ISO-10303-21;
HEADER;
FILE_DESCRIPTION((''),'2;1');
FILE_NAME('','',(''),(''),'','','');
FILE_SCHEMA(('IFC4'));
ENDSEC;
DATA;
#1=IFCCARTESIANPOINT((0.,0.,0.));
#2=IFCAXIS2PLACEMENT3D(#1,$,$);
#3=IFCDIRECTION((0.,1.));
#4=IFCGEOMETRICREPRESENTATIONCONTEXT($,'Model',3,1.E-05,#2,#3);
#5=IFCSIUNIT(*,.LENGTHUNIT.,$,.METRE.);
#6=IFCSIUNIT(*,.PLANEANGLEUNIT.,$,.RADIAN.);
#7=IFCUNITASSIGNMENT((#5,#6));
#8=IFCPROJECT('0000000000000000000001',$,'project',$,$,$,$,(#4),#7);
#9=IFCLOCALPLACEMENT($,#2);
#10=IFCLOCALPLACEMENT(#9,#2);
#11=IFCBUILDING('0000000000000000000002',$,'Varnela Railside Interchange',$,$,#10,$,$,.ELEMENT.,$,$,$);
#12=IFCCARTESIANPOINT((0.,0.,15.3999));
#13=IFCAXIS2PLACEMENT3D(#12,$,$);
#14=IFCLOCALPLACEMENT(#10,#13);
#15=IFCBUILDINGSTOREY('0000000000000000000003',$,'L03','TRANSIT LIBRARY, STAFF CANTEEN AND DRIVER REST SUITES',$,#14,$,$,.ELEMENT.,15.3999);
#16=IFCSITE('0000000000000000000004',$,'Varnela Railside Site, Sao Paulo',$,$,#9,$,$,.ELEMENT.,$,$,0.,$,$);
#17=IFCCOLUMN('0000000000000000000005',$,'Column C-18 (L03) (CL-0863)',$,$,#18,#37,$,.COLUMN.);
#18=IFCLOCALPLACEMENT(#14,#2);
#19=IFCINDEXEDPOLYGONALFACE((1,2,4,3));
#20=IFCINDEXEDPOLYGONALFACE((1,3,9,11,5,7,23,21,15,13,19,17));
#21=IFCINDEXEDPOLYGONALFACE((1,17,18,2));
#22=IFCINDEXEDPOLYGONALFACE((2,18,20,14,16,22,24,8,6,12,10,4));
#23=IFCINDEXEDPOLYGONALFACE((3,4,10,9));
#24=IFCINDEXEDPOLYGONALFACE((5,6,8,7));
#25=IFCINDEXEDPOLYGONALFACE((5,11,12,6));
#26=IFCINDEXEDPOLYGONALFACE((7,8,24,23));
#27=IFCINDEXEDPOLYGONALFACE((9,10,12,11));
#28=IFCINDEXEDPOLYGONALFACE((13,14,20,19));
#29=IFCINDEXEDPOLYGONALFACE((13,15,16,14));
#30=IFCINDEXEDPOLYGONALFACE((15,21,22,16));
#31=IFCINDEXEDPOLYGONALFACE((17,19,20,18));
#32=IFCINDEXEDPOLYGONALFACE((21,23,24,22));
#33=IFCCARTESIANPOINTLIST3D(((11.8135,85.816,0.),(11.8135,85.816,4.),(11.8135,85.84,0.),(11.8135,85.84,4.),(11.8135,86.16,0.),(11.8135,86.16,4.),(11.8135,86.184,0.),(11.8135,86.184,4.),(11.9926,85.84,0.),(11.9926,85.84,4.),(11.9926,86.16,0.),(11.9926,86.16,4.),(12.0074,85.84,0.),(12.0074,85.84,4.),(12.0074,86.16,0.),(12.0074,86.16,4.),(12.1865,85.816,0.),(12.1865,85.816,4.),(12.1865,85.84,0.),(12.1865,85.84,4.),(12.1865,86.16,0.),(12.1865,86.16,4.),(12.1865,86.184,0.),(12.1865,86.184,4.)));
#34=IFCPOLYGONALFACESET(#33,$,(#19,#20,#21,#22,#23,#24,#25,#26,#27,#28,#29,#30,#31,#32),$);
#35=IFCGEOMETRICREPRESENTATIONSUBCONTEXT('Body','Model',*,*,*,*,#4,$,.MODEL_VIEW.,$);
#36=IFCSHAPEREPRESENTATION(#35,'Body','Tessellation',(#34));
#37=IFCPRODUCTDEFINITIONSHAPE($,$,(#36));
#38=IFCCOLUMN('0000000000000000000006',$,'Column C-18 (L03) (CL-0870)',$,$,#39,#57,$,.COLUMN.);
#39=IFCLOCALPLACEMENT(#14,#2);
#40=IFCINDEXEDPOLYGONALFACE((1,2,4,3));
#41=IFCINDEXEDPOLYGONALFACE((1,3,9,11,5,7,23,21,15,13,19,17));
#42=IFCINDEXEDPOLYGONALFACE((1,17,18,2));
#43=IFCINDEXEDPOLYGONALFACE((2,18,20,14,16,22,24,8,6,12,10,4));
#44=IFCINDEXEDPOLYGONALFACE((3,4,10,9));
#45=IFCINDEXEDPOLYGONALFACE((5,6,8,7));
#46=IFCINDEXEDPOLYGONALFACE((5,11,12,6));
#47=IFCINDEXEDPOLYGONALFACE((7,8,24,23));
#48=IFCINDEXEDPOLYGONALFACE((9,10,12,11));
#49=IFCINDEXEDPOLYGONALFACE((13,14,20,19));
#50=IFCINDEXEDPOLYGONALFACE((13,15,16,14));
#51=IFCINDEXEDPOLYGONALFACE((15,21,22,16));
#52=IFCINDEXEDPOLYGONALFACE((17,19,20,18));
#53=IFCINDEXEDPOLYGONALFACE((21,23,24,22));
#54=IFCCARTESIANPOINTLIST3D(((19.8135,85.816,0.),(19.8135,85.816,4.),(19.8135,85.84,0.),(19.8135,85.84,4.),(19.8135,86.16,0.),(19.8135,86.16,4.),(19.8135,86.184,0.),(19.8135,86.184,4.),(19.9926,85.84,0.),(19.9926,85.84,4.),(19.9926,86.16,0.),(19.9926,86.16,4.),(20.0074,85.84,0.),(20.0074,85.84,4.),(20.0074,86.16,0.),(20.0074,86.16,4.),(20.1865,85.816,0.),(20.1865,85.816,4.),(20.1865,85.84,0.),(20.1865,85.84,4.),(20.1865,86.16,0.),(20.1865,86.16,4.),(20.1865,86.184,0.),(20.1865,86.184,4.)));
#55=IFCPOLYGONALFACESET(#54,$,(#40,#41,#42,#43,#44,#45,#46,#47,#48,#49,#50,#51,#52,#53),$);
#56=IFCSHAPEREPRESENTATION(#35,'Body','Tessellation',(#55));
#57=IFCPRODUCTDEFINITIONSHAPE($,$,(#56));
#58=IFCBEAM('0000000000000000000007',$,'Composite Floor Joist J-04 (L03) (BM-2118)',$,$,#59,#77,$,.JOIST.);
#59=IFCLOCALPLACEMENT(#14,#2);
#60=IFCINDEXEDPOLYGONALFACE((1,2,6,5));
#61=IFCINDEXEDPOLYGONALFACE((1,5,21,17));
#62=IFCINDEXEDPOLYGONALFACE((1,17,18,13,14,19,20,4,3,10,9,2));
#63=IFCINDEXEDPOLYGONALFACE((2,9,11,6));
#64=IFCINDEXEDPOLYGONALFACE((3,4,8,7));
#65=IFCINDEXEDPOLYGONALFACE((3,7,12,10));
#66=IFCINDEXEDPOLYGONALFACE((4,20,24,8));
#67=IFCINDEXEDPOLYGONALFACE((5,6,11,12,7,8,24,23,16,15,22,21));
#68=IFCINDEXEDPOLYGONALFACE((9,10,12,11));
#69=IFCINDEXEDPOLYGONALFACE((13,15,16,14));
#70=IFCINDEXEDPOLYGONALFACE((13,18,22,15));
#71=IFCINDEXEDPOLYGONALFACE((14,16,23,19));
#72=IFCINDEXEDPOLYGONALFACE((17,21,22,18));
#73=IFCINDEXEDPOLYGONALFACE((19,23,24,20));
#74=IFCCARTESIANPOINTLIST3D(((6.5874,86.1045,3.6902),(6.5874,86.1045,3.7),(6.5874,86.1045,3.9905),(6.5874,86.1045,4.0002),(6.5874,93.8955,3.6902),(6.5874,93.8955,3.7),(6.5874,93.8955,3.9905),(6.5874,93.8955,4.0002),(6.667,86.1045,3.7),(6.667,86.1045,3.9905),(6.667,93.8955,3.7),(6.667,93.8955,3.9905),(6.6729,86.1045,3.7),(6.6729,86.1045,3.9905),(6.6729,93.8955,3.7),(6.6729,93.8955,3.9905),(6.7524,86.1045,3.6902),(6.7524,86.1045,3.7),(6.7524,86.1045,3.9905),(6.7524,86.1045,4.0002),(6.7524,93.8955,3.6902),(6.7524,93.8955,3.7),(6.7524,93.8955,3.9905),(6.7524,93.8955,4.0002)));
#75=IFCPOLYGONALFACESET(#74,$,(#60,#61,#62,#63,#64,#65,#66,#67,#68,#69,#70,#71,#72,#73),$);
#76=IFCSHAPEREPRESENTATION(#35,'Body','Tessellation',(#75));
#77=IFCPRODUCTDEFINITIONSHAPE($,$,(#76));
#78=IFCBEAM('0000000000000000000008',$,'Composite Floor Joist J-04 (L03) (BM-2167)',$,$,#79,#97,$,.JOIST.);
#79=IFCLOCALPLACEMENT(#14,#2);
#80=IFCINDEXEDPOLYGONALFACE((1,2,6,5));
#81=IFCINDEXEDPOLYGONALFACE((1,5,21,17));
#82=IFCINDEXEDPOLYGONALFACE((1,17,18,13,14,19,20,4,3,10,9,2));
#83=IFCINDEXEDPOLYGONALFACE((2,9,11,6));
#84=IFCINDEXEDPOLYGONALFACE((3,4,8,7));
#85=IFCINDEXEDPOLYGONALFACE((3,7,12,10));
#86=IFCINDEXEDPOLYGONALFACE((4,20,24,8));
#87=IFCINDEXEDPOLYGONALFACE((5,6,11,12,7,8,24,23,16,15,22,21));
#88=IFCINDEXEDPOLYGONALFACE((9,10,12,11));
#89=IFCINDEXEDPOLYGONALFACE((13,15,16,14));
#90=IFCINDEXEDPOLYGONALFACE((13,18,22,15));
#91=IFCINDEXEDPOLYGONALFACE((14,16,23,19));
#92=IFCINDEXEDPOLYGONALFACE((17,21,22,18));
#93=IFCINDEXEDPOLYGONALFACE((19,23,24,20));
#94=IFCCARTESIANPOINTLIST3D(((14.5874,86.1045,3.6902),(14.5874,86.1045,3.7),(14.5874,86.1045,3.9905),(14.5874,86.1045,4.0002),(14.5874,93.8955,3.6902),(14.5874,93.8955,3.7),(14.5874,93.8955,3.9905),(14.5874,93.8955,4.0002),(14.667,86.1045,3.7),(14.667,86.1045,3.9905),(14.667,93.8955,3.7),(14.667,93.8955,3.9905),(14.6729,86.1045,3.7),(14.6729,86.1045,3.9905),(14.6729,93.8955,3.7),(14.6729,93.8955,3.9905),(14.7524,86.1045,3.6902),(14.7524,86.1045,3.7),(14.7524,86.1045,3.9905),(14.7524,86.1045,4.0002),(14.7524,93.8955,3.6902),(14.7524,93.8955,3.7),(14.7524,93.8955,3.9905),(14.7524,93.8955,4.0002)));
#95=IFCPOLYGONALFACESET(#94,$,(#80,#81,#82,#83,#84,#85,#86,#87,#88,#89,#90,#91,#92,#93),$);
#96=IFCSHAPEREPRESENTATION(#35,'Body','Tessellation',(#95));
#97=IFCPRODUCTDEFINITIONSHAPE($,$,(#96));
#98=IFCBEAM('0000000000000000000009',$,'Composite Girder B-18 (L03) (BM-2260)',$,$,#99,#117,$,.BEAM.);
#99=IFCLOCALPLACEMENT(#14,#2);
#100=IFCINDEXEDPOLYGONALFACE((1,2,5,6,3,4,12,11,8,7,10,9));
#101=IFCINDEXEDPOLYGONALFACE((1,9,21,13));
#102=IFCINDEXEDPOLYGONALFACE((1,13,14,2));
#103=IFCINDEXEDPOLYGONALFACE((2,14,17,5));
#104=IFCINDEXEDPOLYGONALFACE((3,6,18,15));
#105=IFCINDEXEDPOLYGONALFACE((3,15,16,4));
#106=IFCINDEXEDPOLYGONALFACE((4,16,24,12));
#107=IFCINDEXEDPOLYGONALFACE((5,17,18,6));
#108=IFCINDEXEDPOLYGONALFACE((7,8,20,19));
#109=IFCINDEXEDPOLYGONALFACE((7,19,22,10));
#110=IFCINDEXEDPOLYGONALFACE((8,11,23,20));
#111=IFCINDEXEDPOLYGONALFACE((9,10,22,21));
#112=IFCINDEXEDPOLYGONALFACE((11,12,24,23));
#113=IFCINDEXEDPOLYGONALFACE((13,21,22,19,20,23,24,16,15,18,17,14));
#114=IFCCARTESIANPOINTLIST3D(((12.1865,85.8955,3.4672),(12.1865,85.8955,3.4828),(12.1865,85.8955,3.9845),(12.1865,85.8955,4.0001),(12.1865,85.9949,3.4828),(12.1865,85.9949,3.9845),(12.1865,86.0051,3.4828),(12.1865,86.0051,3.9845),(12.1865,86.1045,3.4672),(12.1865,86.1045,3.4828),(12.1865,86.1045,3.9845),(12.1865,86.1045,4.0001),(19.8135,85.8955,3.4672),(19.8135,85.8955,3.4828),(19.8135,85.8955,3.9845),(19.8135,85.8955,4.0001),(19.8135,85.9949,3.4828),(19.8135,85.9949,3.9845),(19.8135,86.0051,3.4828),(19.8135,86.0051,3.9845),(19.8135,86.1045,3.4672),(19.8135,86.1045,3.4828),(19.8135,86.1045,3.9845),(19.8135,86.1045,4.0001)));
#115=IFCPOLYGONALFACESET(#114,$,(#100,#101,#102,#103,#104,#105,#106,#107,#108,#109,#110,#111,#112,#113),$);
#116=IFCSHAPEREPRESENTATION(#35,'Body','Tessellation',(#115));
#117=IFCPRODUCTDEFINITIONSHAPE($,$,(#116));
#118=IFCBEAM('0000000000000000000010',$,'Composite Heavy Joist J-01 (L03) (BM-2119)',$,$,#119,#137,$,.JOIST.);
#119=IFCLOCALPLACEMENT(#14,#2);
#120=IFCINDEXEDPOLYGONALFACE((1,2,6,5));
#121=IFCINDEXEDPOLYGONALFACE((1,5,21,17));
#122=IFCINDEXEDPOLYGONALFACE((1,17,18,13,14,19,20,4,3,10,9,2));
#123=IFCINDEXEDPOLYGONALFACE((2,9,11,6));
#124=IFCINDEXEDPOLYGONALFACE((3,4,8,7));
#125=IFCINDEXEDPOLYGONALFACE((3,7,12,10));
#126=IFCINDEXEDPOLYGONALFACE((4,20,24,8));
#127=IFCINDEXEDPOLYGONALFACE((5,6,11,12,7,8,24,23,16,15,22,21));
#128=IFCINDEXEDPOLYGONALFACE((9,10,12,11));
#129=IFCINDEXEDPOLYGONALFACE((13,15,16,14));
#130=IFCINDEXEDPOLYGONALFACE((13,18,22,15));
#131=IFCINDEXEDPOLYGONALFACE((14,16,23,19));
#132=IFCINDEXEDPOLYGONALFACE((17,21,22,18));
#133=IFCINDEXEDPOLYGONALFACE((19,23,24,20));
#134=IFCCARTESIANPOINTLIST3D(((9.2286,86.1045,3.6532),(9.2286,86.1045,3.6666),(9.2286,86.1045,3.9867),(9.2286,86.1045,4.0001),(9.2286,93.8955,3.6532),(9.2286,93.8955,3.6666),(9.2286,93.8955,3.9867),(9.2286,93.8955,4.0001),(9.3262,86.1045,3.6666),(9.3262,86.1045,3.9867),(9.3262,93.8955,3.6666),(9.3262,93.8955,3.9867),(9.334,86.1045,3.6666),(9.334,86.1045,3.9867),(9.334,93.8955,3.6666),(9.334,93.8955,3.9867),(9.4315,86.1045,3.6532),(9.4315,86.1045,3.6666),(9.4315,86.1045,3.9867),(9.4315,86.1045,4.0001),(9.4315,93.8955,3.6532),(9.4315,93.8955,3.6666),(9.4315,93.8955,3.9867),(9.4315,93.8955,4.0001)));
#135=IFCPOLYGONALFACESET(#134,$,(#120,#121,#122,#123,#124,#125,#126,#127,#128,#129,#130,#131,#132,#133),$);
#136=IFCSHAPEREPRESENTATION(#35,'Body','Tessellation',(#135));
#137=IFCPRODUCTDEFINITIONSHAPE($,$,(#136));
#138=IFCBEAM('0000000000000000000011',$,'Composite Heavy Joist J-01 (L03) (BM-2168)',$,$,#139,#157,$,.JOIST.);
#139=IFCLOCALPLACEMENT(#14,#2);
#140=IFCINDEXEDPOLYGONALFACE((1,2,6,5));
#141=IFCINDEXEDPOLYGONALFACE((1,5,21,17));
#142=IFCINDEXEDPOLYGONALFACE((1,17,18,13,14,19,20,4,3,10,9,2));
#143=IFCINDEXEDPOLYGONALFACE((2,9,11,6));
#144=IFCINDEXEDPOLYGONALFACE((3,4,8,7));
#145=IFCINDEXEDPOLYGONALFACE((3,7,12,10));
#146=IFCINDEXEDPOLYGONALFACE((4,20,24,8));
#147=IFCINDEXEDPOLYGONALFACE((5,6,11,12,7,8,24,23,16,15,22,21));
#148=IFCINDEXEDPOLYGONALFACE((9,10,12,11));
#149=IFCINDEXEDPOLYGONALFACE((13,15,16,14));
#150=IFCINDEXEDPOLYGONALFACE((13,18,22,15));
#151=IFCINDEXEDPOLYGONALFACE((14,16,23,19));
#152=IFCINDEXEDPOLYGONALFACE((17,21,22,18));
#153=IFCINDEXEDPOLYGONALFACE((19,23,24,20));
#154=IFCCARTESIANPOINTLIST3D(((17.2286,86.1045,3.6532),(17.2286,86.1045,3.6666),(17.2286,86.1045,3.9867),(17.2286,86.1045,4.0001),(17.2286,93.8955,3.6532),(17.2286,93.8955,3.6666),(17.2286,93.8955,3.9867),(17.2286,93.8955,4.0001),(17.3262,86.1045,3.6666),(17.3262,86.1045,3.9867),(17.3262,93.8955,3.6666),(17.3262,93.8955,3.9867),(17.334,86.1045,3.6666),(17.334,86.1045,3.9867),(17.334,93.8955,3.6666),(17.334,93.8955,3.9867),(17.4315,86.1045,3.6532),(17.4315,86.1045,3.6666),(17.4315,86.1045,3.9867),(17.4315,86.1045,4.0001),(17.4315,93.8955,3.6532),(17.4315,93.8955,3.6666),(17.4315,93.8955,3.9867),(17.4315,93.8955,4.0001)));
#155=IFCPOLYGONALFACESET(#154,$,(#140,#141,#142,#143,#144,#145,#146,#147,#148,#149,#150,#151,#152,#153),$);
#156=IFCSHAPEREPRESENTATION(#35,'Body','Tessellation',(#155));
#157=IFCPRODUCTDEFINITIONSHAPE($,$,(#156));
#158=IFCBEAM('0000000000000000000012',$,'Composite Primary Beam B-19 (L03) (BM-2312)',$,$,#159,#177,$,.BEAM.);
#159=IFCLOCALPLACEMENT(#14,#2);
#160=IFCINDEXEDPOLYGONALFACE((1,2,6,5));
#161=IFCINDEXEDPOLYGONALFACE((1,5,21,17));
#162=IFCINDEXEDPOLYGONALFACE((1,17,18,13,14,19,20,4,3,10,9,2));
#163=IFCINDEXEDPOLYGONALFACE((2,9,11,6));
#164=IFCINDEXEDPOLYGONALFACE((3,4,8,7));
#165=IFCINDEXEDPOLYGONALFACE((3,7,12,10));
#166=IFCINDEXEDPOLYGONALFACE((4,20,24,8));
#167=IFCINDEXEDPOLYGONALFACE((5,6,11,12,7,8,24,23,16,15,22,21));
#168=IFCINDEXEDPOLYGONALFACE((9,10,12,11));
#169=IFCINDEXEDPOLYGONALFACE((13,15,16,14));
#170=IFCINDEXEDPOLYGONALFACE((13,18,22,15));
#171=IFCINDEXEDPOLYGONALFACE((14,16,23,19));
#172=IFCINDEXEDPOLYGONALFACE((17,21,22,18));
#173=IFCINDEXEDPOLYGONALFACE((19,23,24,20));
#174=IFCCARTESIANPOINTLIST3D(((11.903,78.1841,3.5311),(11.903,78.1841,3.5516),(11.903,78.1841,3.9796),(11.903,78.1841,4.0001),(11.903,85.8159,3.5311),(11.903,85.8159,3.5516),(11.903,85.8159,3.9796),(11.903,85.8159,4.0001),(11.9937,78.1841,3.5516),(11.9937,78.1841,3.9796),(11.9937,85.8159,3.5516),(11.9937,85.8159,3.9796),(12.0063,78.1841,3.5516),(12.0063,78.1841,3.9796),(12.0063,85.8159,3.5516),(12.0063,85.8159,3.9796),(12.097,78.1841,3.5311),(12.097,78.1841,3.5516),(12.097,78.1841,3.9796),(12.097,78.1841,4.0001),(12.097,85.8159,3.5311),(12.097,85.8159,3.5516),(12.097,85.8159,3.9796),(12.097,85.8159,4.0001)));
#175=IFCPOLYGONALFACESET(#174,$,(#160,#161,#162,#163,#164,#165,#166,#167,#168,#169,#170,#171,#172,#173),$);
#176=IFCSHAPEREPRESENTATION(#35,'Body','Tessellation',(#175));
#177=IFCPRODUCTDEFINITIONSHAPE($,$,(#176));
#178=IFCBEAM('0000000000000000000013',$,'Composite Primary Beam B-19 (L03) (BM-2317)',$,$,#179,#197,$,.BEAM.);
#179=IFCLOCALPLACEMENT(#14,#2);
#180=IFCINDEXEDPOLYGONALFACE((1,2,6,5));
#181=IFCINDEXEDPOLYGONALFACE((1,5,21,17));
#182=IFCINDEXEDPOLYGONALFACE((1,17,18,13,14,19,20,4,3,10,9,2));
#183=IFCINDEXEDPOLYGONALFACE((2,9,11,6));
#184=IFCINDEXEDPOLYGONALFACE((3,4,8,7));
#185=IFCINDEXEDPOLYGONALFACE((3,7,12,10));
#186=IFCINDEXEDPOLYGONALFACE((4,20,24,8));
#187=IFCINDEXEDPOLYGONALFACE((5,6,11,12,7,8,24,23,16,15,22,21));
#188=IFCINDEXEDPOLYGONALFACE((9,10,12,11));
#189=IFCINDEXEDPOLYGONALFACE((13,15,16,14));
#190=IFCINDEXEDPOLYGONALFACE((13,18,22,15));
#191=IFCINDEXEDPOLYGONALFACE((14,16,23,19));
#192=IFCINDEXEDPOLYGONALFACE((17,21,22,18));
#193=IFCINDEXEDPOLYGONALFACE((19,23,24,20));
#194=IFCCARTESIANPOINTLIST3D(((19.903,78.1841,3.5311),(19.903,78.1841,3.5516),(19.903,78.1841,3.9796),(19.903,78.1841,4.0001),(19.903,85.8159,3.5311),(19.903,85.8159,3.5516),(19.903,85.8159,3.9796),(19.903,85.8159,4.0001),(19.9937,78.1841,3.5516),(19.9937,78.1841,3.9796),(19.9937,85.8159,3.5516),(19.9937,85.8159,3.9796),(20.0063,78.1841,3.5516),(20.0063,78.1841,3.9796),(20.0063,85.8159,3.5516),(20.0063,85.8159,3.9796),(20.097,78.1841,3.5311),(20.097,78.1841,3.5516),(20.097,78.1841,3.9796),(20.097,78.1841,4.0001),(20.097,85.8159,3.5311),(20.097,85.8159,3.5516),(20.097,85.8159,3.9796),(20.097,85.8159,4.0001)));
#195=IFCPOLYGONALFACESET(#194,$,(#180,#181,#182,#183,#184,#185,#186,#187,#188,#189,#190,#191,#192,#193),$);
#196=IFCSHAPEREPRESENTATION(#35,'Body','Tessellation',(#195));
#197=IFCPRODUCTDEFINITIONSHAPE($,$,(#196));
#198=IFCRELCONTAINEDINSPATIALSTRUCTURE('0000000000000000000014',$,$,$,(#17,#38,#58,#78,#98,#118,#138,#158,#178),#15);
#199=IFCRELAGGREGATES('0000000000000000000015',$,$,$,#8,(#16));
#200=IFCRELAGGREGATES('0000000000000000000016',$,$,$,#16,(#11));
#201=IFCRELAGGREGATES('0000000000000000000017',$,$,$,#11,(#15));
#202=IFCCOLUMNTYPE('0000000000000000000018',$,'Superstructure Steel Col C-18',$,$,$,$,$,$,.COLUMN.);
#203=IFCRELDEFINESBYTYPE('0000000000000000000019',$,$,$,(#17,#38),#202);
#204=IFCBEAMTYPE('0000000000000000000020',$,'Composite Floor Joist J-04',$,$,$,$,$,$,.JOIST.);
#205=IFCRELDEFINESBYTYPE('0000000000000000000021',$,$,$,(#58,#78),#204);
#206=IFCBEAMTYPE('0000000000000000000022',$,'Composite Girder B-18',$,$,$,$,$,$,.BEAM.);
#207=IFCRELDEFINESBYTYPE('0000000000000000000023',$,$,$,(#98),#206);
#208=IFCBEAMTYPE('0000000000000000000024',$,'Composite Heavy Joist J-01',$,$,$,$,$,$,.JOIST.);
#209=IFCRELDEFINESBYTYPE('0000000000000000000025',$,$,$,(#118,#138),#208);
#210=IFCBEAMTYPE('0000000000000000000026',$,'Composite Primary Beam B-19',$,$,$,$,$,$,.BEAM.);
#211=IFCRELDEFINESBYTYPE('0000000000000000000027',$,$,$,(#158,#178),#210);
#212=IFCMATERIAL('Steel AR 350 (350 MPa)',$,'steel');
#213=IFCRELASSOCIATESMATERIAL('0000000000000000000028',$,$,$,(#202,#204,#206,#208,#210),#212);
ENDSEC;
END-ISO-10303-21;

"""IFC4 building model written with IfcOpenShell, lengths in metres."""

from ifc_helpers import new_model, si_unit, direction, frame, origin, origin_2d, place, context, subcontext, project, spatial, i_section, extrude, material, material_profile, profile_set, type_object, element, save


model = new_model("IFC4")

# Units and contexts
model_context = context("Model", 3, precision=1e-05, world=origin(), true_north=direction((0.0, 1.0)))
body_context = subcontext(model_context, "Body", "Model", "MODEL_VIEW")
ifc_project = project(units=[si_unit("LENGTHUNIT", "METRE"), si_unit("PLANEANGLEUNIT", "RADIAN")], contexts=[model_context])

# Site, building, storey
site_placement = place(None, origin())
site = spatial("IfcSite", under=ifc_project, at=site_placement, Name="Varnela Railside Site, Sao Paulo", CompositionType="ELEMENT", RefElevation=0.0)
building_placement = place(site_placement, origin())
building = spatial("IfcBuilding", under=site, at=building_placement, Name="Varnela Railside Interchange", CompositionType="ELEMENT")
storey_placement = place(building_placement, frame((0.0, 0.0, 15.3999)))
storey = spatial("IfcBuildingStorey", under=building, at=storey_placement, Name="L03", Description="TRANSIT LIBRARY, STAFF CANTEEN AND DRIVER REST SUITES", CompositionType="ELEMENT", Elevation=15.3999)

# Columns
ifc_material_1 = material(Name="Steel AR 350 (350 MPa)", Category="steel")
ifc_material_profile_1 = material_profile(ifc_material_1, i_section(OverallWidth=0.373, OverallDepth=0.3679, WebThickness=0.0149, FlangeThickness=0.0239, at=origin_2d()), Name="W360x179")
ifc_profile_set_1 = profile_set([ifc_material_profile_1], Name="Steel AR 350 (350 MPa)")
column_type = type_object("IfcColumnType", Name="Superstructure Steel Col C-18", PredefinedType="COLUMN", material=ifc_profile_set_1)
for number, where, z_axis, x_axis, name in (
    (1, (12.0, 86.0, 0.0), (0.0, 0.0, 1.0), (1.0, 0.0, 0.0), "Column C-18 (L03) (CL-0863)"),
    (2, (20.0, 86.0, 0.0), (0.0, 0.0, 1.0), (1.0, 0.0, 0.0), "Column C-18 (L03) (CL-0870)"),
):
    element("IfcColumn", number, at=place(storey_placement, frame(where, z_axis=z_axis, x_axis=x_axis)), inside=storey, type_object=column_type, Name=name, PredefinedType="COLUMN", context=body_context, shape_type="SweptSolid", body=[
        extrude(i_section(OverallWidth=0.373, OverallDepth=0.3679, WebThickness=0.0149, FlangeThickness=0.0239, at=origin_2d()), origin(), (0.0, 0.0, 1.0), 4.0),
    ])

# Beams
ifc_material_profile_2 = material_profile(ifc_material_1, i_section(OverallWidth=0.165, OverallDepth=0.3101, WebThickness=0.0059, FlangeThickness=0.0098, at=origin_2d()), Name="W310x38.7")
ifc_profile_set_2 = profile_set([ifc_material_profile_2], Name="Steel AR 350 (350 MPa)")
beam_type_1 = type_object("IfcBeamType", Name="Composite Floor Joist J-04", PredefinedType="JOIST", material=ifc_profile_set_2)
for number, where, z_axis, x_axis, name in (
    (3, (6.6699, 86.1045, 3.8452), (0.0, 1.0, 0.0), (-1.0, 0.0, 0.0), "Composite Floor Joist J-04 (L03) (BM-2118)"),
    (4, (14.6699, 86.1045, 3.8452), (0.0, 1.0, 0.0), (-1.0, 0.0, 0.0), "Composite Floor Joist J-04 (L03) (BM-2167)"),
):
    element("IfcBeam", number, at=place(storey_placement, frame(where, z_axis=z_axis, x_axis=x_axis)), inside=storey, type_object=beam_type_1, Name=name, PredefinedType="JOIST", context=body_context, shape_type="SweptSolid", body=[
        extrude(i_section(OverallWidth=0.165, OverallDepth=0.3101, WebThickness=0.0059, FlangeThickness=0.0098, at=origin_2d()), origin(), (0.0, 0.0, 1.0), 7.791),
    ])
ifc_material_profile_3 = material_profile(ifc_material_1, i_section(OverallWidth=0.209, OverallDepth=0.533, WebThickness=0.0103, FlangeThickness=0.0156, at=origin_2d()), Name="W530x92")
ifc_profile_set_3 = profile_set([ifc_material_profile_3], Name="Steel AR 350 (350 MPa)")
beam_type_2 = type_object("IfcBeamType", Name="Composite Girder B-18", PredefinedType="BEAM", material=ifc_profile_set_3)
beam_placement = place(storey_placement, frame((12.1865, 86.0, 3.7336), z_axis=(1.0, 0.0, 0.0), x_axis=(0.0, 1.0, 0.0)))
element("IfcBeam", 5, at=beam_placement, inside=storey, type_object=beam_type_2, Name="Composite Girder B-18 (L03) (BM-2260)", PredefinedType="BEAM", context=body_context, shape_type="SweptSolid", body=[
    extrude(i_section(OverallWidth=0.209, OverallDepth=0.533, WebThickness=0.0103, FlangeThickness=0.0156, at=origin_2d()), origin(), (0.0, 0.0, 1.0), 7.627),
])
ifc_material_profile_4 = material_profile(ifc_material_1, i_section(OverallWidth=0.2029, OverallDepth=0.3469, WebThickness=0.0078, FlangeThickness=0.0134, at=origin_2d()), Name="W360x64")
ifc_profile_set_4 = profile_set([ifc_material_profile_4], Name="Steel AR 350 (350 MPa)")
beam_type_3 = type_object("IfcBeamType", Name="Composite Heavy Joist J-01", PredefinedType="JOIST", material=ifc_profile_set_4)
for number, where, z_axis, x_axis, name in (
    (6, (9.3301, 86.1045, 3.8267), (0.0, 1.0, 0.0), (-1.0, 0.0, 0.0), "Composite Heavy Joist J-01 (L03) (BM-2119)"),
    (7, (17.3301, 86.1045, 3.8267), (0.0, 1.0, 0.0), (-1.0, 0.0, 0.0), "Composite Heavy Joist J-01 (L03) (BM-2168)"),
):
    element("IfcBeam", number, at=place(storey_placement, frame(where, z_axis=z_axis, x_axis=x_axis)), inside=storey, type_object=beam_type_3, Name=name, PredefinedType="JOIST", context=body_context, shape_type="SweptSolid", body=[
        extrude(i_section(OverallWidth=0.2029, OverallDepth=0.3469, WebThickness=0.0078, FlangeThickness=0.0134, at=origin_2d()), origin(), (0.0, 0.0, 1.0), 7.791),
    ])
ifc_material_profile_5 = material_profile(ifc_material_1, i_section(OverallWidth=0.1941, OverallDepth=0.469, WebThickness=0.0127, FlangeThickness=0.0205, at=origin_2d()), Name="W460x106")
ifc_profile_set_5 = profile_set([ifc_material_profile_5], Name="Steel AR 350 (350 MPa)")
beam_type_4 = type_object("IfcBeamType", Name="Composite Primary Beam B-19", PredefinedType="BEAM", material=ifc_profile_set_5)
for number, where, z_axis, x_axis, name in (
    (8, (12.0, 78.1841, 3.7656), (0.0, 1.0, 0.0), (-1.0, 0.0, 0.0), "Composite Primary Beam B-19 (L03) (BM-2312)"),
    (9, (20.0, 78.1841, 3.7656), (0.0, 1.0, 0.0), (-1.0, 0.0, 0.0), "Composite Primary Beam B-19 (L03) (BM-2317)"),
):
    element("IfcBeam", number, at=place(storey_placement, frame(where, z_axis=z_axis, x_axis=x_axis)), inside=storey, type_object=beam_type_4, Name=name, PredefinedType="BEAM", context=body_context, shape_type="SweptSolid", body=[
        extrude(i_section(OverallWidth=0.1941, OverallDepth=0.469, WebThickness=0.0127, FlangeThickness=0.0205, at=origin_2d()), origin(), (0.0, 0.0, 1.0), 7.6318),
    ])

save(model, "model.ifc")
